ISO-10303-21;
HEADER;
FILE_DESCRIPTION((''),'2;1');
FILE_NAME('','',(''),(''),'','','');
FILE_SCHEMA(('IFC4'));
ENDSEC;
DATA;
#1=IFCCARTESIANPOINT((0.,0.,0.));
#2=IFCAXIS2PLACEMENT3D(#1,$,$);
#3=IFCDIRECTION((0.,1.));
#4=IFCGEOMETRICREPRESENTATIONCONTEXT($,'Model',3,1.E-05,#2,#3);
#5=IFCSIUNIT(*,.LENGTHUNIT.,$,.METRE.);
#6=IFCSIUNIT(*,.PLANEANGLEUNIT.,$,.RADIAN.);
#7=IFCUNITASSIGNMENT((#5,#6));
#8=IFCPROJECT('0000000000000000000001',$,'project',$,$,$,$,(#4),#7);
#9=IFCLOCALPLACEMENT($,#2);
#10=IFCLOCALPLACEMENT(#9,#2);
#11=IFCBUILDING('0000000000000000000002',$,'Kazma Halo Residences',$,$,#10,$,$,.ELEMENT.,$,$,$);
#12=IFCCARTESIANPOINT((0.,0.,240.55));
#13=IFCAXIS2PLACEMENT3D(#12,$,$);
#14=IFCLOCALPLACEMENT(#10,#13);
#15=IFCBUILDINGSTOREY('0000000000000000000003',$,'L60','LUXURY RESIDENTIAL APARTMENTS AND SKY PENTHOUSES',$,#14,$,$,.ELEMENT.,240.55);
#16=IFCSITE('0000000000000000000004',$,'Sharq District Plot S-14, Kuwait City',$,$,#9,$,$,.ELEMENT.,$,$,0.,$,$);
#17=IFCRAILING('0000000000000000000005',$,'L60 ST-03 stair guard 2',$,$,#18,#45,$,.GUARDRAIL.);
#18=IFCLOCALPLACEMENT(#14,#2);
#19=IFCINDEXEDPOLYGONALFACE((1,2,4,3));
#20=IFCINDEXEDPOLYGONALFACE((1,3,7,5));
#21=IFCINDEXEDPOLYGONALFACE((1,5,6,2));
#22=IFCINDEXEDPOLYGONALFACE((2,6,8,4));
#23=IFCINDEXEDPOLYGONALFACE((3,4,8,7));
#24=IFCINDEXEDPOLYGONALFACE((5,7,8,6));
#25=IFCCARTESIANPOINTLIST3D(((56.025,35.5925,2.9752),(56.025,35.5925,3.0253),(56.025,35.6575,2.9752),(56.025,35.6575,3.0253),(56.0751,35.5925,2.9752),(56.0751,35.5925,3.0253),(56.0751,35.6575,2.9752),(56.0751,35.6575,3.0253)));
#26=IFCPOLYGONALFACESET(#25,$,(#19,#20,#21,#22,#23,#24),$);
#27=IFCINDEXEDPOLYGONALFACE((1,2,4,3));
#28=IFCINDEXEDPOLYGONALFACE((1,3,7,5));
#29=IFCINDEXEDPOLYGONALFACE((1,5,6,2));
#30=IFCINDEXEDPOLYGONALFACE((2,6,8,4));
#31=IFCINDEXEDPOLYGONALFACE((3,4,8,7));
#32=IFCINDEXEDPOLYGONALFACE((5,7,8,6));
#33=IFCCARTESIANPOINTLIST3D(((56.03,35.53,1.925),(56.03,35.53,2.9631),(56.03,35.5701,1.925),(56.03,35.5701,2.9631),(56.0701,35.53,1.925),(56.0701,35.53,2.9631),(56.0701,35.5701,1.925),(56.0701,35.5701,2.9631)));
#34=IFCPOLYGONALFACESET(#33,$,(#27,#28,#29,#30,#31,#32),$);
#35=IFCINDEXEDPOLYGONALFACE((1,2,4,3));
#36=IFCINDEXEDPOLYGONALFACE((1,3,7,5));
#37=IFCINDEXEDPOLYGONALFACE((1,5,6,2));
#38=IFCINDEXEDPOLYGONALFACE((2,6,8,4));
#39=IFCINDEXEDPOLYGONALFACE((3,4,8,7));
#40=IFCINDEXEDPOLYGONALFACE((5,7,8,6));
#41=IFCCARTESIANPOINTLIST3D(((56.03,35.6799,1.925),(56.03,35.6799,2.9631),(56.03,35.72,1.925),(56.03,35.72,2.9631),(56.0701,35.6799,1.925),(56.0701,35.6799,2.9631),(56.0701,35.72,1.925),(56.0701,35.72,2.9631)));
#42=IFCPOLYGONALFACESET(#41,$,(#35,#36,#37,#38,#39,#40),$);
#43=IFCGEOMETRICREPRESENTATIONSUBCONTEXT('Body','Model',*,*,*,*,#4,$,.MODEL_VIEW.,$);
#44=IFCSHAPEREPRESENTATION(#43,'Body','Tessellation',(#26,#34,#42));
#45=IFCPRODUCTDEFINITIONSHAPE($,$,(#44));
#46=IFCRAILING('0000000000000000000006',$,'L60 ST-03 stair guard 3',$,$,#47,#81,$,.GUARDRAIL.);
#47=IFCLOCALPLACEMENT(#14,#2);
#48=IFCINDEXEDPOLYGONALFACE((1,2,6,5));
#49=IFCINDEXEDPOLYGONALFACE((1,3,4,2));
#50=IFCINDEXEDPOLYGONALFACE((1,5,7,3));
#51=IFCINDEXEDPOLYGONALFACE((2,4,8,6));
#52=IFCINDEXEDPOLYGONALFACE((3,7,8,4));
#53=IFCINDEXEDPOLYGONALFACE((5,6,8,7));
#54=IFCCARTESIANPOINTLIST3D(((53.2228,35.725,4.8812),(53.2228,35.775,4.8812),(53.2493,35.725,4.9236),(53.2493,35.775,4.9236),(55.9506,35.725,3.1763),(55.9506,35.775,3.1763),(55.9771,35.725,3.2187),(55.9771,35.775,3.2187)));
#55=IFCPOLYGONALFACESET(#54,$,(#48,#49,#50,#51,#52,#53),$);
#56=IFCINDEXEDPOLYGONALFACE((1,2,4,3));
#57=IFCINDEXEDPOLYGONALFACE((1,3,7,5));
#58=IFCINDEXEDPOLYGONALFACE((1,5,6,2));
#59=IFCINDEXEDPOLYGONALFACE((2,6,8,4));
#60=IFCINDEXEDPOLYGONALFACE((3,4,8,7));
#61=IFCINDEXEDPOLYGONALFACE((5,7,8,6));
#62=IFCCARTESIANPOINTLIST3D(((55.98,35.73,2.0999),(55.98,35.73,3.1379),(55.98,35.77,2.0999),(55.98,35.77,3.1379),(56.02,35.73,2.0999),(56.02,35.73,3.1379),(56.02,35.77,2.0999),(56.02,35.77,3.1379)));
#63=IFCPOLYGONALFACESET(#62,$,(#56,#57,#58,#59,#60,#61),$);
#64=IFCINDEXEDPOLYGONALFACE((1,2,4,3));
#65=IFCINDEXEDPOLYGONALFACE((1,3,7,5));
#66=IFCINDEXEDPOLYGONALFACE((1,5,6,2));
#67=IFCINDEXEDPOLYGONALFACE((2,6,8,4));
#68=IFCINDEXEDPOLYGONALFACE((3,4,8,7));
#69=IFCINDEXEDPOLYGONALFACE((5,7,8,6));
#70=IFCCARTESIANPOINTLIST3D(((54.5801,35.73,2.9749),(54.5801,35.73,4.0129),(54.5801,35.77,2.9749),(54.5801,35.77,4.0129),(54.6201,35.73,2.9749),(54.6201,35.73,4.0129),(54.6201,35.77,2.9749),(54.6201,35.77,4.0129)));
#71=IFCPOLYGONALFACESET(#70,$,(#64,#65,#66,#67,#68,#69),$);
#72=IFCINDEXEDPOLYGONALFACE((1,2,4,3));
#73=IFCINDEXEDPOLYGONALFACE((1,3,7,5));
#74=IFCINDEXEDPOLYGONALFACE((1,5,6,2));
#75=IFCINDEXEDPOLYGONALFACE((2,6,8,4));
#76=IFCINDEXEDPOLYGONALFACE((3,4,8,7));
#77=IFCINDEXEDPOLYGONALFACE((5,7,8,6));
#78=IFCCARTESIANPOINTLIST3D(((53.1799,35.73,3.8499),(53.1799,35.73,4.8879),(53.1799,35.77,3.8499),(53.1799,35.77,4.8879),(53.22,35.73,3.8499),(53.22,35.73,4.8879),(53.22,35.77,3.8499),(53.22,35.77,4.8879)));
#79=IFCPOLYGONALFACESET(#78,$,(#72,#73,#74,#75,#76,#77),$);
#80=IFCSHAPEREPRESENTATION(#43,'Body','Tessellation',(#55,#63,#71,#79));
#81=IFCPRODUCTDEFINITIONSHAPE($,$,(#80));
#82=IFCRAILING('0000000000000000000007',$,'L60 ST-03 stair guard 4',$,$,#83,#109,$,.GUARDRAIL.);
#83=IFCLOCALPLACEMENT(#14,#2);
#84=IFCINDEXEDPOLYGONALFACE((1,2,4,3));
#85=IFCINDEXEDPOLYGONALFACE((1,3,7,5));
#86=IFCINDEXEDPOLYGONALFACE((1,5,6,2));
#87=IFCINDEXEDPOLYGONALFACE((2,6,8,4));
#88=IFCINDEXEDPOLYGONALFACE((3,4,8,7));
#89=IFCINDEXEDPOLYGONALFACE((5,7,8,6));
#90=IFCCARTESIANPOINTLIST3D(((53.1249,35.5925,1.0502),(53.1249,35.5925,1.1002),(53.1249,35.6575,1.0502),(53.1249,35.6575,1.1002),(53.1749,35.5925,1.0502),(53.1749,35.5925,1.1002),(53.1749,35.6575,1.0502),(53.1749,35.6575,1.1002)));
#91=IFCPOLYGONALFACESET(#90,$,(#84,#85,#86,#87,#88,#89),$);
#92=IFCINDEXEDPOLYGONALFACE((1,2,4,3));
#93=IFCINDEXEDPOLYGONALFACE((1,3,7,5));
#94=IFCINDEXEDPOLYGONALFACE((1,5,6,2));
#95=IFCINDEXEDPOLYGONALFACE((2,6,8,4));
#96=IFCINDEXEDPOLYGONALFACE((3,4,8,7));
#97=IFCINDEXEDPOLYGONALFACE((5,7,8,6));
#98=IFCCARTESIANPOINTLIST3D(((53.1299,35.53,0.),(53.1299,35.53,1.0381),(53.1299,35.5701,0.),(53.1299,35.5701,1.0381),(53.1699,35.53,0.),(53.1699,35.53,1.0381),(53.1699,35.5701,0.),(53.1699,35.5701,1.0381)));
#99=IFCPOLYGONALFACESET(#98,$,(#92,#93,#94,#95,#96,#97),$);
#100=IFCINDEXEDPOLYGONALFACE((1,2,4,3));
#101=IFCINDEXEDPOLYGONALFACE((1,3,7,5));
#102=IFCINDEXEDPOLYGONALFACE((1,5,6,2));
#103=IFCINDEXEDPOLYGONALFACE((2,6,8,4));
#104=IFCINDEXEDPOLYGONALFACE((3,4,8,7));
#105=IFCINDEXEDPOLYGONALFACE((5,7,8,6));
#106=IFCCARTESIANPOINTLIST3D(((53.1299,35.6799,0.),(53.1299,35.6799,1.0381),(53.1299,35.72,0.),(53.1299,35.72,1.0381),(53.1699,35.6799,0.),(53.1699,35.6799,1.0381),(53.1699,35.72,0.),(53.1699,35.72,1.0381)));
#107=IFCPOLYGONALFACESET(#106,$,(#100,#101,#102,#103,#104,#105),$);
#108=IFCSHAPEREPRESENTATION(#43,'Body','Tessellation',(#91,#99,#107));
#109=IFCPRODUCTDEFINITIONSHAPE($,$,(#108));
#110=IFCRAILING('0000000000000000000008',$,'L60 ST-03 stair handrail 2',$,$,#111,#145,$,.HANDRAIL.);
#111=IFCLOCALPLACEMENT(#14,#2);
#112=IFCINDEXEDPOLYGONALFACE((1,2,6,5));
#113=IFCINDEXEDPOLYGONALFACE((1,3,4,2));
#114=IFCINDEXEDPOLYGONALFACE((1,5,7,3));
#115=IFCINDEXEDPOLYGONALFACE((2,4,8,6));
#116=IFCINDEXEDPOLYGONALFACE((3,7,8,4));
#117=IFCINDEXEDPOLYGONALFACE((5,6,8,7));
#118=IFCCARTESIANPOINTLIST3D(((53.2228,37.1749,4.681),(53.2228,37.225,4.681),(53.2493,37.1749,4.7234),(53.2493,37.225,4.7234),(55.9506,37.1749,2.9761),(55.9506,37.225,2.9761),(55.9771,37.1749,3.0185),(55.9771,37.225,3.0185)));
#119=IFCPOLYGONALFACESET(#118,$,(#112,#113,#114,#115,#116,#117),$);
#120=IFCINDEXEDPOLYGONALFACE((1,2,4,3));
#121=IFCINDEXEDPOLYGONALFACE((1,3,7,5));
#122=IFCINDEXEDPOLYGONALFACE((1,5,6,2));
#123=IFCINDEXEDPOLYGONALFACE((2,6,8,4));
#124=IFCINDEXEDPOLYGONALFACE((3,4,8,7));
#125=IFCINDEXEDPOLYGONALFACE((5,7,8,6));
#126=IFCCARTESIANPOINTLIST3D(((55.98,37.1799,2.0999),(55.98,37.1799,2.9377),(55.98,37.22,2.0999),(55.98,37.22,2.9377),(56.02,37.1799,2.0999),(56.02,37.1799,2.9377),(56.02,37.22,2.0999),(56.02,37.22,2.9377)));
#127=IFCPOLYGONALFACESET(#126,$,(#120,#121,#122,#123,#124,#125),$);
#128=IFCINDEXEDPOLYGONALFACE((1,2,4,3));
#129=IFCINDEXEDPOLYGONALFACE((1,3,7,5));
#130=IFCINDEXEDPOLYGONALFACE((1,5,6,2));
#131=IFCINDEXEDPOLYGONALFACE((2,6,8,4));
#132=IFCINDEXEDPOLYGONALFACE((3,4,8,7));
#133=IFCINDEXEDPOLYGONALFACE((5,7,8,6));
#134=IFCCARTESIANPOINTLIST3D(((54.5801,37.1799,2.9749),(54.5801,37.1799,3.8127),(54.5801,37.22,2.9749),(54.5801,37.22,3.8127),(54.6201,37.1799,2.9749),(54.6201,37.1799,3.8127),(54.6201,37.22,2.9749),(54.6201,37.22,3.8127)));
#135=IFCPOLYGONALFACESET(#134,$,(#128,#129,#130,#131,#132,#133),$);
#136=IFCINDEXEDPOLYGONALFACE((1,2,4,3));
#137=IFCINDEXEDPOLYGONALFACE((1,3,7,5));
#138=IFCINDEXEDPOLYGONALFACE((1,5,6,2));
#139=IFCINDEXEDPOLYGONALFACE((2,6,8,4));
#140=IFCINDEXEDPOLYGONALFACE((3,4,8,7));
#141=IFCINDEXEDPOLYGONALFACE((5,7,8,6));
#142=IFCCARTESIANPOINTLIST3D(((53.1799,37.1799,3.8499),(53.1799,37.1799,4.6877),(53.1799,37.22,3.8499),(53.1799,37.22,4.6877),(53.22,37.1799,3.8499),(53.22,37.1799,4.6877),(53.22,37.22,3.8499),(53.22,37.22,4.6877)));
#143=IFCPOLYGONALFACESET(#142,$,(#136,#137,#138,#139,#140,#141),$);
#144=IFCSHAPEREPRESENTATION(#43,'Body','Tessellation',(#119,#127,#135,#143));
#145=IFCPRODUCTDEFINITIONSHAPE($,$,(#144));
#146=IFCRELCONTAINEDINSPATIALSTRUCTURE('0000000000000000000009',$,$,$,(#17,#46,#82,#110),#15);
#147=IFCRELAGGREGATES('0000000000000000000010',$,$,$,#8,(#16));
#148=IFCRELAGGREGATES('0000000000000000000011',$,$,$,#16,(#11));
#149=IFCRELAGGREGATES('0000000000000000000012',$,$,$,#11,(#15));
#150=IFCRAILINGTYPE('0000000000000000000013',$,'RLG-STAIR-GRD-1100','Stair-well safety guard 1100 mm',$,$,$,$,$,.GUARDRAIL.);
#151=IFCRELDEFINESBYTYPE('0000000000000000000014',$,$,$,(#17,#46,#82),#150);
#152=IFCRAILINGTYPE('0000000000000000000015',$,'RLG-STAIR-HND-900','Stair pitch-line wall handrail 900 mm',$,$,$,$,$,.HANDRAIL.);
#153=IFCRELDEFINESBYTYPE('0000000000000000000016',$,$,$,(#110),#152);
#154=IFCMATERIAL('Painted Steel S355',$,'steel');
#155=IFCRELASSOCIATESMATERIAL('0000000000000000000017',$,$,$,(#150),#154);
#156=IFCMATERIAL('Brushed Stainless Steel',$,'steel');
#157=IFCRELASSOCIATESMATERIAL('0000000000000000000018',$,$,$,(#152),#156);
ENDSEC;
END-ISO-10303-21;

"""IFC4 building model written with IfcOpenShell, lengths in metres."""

from ifc_helpers import new_model, si_unit, direction, frame, origin, origin_2d, place, context, subcontext, project, spatial, rectangle, extrude, material, type_object, element, save


model = new_model("IFC4")

# Units and contexts
model_context = context("Model", 3, precision=1e-05, world=origin(), true_north=direction((0.0, 1.0)))
body_context = subcontext(model_context, "Body", "Model", "MODEL_VIEW")
ifc_project = project(units=[si_unit("LENGTHUNIT", "METRE"), si_unit("PLANEANGLEUNIT", "RADIAN")], contexts=[model_context])

# Site, building, storey
site_placement = place(None, origin())
site = spatial("IfcSite", under=ifc_project, at=site_placement, Name="Sharq District Plot S-14, Kuwait City", CompositionType="ELEMENT", RefElevation=0.0)
building_placement = place(site_placement, origin())
building = spatial("IfcBuilding", under=site, at=building_placement, Name="Kazma Halo Residences", CompositionType="ELEMENT")
storey_placement = place(building_placement, frame((0.0, 0.0, 240.55)))
storey = spatial("IfcBuildingStorey", under=building, at=storey_placement, Name="L60", Description="LUXURY RESIDENTIAL APARTMENTS AND SKY PENTHOUSES", CompositionType="ELEMENT", Elevation=240.55)

# Railings
ifc_material_1 = material(Name="Painted Steel S355", Category="steel")
railing_type_1 = type_object("IfcRailingType", Name="RLG-STAIR-GRD-1100", Description="Stair-well safety guard 1100 mm", PredefinedType="GUARDRAIL", material=ifc_material_1)
railing_1_placement = place(storey_placement, frame((56.05, 35.55, 1.925)))
element("IfcRailing", 1, at=railing_1_placement, inside=storey, type_object=railing_type_1, Name="L60 ST-03 stair guard 2", PredefinedType="GUARDRAIL", context=body_context, shape_type="SweptSolid", body=[
    extrude(rectangle(XDim=0.05, YDim=0.05, at=origin_2d()), frame((0.0, 0.0425, 1.0752), z_axis=(0.0, 1.0, 0.0), x_axis=(-1.0, 0.0, 0.0)), (0.0, 0.0, 1.0), 0.0649),
    extrude(rectangle(XDim=0.04, YDim=0.04, at=origin_2d()), origin(), (0.0, 0.0, 1.0), 1.0381),
    extrude(rectangle(XDim=0.04, YDim=0.04, at=origin_2d()), frame((0.0, 0.1499, 0.0)), (0.0, 0.0, 1.0), 1.0381),
])
railing_2_placement = place(storey_placement, frame((56.0, 35.75, 2.0999)))
element("IfcRailing", 2, at=railing_2_placement, inside=storey, type_object=railing_type_1, Name="L60 ST-03 stair guard 3", PredefinedType="GUARDRAIL", context=body_context, shape_type="SweptSolid", body=[
    extrude(rectangle(XDim=0.05, YDim=0.05, at=origin_2d()), frame((-0.0361, 0.0, 1.0977), z_axis=(-0.848002, 0.0, 0.529992), x_axis=(0.0, -1.0, 0.0)), (0.0, 0.0, 1.0), 3.2168),
    extrude(rectangle(XDim=0.04, YDim=0.04, at=origin_2d()), origin(), (0.0, 0.0, 1.0), 1.0381),
    extrude(rectangle(XDim=0.04, YDim=0.04, at=origin_2d()), frame((-1.3999, 0.0, 0.875)), (0.0, 0.0, 1.0), 1.0381),
    extrude(rectangle(XDim=0.04, YDim=0.04, at=origin_2d()), frame((-2.8, 0.0, 1.75)), (0.0, 0.0, 1.0), 1.0381),
])
railing_3_placement = place(storey_placement, frame((53.1499, 35.55, 0.0)))
element("IfcRailing", 3, at=railing_3_placement, inside=storey, type_object=railing_type_1, Name="L60 ST-03 stair guard 4", PredefinedType="GUARDRAIL", context=body_context, shape_type="SweptSolid", body=[
    extrude(rectangle(XDim=0.05, YDim=0.05, at=origin_2d()), frame((0.0, 0.0425, 1.0752), z_axis=(0.0, 1.0, 0.0), x_axis=(-1.0, 0.0, 0.0)), (0.0, 0.0, 1.0), 0.0649),
    extrude(rectangle(XDim=0.04, YDim=0.04, at=origin_2d()), origin(), (0.0, 0.0, 1.0), 1.0381),
    extrude(rectangle(XDim=0.04, YDim=0.04, at=origin_2d()), frame((0.0, 0.1499, 0.0)), (0.0, 0.0, 1.0), 1.0381),
])
ifc_material_2 = material(Name="Brushed Stainless Steel", Category="steel")
railing_type_2 = type_object("IfcRailingType", Name="RLG-STAIR-HND-900", Description="Stair pitch-line wall handrail 900 mm", PredefinedType="HANDRAIL", material=ifc_material_2)
railing_4_placement = place(storey_placement, frame((56.0, 37.2, 2.0999)))
element("IfcRailing", 4, at=railing_4_placement, inside=storey, type_object=railing_type_2, Name="L60 ST-03 stair handrail 2", PredefinedType="HANDRAIL", context=body_context, shape_type="SweptSolid", body=[
    extrude(rectangle(XDim=0.05, YDim=0.05, at=origin_2d()), frame((-0.0361, 0.0, 0.8975), z_axis=(-0.848002, 0.0, 0.529992), x_axis=(0.0, -1.0, 0.0)), (0.0, 0.0, 1.0), 3.2168),
    extrude(rectangle(XDim=0.04, YDim=0.04, at=origin_2d()), origin(), (0.0, 0.0, 1.0), 0.8379),
    extrude(rectangle(XDim=0.04, YDim=0.04, at=origin_2d()), frame((-1.3999, 0.0, 0.875)), (0.0, 0.0, 1.0), 0.8379),
    extrude(rectangle(XDim=0.04, YDim=0.04, at=origin_2d()), frame((-2.8, 0.0, 1.75)), (0.0, 0.0, 1.0), 0.8379),
])

save(model, "model.ifc")
